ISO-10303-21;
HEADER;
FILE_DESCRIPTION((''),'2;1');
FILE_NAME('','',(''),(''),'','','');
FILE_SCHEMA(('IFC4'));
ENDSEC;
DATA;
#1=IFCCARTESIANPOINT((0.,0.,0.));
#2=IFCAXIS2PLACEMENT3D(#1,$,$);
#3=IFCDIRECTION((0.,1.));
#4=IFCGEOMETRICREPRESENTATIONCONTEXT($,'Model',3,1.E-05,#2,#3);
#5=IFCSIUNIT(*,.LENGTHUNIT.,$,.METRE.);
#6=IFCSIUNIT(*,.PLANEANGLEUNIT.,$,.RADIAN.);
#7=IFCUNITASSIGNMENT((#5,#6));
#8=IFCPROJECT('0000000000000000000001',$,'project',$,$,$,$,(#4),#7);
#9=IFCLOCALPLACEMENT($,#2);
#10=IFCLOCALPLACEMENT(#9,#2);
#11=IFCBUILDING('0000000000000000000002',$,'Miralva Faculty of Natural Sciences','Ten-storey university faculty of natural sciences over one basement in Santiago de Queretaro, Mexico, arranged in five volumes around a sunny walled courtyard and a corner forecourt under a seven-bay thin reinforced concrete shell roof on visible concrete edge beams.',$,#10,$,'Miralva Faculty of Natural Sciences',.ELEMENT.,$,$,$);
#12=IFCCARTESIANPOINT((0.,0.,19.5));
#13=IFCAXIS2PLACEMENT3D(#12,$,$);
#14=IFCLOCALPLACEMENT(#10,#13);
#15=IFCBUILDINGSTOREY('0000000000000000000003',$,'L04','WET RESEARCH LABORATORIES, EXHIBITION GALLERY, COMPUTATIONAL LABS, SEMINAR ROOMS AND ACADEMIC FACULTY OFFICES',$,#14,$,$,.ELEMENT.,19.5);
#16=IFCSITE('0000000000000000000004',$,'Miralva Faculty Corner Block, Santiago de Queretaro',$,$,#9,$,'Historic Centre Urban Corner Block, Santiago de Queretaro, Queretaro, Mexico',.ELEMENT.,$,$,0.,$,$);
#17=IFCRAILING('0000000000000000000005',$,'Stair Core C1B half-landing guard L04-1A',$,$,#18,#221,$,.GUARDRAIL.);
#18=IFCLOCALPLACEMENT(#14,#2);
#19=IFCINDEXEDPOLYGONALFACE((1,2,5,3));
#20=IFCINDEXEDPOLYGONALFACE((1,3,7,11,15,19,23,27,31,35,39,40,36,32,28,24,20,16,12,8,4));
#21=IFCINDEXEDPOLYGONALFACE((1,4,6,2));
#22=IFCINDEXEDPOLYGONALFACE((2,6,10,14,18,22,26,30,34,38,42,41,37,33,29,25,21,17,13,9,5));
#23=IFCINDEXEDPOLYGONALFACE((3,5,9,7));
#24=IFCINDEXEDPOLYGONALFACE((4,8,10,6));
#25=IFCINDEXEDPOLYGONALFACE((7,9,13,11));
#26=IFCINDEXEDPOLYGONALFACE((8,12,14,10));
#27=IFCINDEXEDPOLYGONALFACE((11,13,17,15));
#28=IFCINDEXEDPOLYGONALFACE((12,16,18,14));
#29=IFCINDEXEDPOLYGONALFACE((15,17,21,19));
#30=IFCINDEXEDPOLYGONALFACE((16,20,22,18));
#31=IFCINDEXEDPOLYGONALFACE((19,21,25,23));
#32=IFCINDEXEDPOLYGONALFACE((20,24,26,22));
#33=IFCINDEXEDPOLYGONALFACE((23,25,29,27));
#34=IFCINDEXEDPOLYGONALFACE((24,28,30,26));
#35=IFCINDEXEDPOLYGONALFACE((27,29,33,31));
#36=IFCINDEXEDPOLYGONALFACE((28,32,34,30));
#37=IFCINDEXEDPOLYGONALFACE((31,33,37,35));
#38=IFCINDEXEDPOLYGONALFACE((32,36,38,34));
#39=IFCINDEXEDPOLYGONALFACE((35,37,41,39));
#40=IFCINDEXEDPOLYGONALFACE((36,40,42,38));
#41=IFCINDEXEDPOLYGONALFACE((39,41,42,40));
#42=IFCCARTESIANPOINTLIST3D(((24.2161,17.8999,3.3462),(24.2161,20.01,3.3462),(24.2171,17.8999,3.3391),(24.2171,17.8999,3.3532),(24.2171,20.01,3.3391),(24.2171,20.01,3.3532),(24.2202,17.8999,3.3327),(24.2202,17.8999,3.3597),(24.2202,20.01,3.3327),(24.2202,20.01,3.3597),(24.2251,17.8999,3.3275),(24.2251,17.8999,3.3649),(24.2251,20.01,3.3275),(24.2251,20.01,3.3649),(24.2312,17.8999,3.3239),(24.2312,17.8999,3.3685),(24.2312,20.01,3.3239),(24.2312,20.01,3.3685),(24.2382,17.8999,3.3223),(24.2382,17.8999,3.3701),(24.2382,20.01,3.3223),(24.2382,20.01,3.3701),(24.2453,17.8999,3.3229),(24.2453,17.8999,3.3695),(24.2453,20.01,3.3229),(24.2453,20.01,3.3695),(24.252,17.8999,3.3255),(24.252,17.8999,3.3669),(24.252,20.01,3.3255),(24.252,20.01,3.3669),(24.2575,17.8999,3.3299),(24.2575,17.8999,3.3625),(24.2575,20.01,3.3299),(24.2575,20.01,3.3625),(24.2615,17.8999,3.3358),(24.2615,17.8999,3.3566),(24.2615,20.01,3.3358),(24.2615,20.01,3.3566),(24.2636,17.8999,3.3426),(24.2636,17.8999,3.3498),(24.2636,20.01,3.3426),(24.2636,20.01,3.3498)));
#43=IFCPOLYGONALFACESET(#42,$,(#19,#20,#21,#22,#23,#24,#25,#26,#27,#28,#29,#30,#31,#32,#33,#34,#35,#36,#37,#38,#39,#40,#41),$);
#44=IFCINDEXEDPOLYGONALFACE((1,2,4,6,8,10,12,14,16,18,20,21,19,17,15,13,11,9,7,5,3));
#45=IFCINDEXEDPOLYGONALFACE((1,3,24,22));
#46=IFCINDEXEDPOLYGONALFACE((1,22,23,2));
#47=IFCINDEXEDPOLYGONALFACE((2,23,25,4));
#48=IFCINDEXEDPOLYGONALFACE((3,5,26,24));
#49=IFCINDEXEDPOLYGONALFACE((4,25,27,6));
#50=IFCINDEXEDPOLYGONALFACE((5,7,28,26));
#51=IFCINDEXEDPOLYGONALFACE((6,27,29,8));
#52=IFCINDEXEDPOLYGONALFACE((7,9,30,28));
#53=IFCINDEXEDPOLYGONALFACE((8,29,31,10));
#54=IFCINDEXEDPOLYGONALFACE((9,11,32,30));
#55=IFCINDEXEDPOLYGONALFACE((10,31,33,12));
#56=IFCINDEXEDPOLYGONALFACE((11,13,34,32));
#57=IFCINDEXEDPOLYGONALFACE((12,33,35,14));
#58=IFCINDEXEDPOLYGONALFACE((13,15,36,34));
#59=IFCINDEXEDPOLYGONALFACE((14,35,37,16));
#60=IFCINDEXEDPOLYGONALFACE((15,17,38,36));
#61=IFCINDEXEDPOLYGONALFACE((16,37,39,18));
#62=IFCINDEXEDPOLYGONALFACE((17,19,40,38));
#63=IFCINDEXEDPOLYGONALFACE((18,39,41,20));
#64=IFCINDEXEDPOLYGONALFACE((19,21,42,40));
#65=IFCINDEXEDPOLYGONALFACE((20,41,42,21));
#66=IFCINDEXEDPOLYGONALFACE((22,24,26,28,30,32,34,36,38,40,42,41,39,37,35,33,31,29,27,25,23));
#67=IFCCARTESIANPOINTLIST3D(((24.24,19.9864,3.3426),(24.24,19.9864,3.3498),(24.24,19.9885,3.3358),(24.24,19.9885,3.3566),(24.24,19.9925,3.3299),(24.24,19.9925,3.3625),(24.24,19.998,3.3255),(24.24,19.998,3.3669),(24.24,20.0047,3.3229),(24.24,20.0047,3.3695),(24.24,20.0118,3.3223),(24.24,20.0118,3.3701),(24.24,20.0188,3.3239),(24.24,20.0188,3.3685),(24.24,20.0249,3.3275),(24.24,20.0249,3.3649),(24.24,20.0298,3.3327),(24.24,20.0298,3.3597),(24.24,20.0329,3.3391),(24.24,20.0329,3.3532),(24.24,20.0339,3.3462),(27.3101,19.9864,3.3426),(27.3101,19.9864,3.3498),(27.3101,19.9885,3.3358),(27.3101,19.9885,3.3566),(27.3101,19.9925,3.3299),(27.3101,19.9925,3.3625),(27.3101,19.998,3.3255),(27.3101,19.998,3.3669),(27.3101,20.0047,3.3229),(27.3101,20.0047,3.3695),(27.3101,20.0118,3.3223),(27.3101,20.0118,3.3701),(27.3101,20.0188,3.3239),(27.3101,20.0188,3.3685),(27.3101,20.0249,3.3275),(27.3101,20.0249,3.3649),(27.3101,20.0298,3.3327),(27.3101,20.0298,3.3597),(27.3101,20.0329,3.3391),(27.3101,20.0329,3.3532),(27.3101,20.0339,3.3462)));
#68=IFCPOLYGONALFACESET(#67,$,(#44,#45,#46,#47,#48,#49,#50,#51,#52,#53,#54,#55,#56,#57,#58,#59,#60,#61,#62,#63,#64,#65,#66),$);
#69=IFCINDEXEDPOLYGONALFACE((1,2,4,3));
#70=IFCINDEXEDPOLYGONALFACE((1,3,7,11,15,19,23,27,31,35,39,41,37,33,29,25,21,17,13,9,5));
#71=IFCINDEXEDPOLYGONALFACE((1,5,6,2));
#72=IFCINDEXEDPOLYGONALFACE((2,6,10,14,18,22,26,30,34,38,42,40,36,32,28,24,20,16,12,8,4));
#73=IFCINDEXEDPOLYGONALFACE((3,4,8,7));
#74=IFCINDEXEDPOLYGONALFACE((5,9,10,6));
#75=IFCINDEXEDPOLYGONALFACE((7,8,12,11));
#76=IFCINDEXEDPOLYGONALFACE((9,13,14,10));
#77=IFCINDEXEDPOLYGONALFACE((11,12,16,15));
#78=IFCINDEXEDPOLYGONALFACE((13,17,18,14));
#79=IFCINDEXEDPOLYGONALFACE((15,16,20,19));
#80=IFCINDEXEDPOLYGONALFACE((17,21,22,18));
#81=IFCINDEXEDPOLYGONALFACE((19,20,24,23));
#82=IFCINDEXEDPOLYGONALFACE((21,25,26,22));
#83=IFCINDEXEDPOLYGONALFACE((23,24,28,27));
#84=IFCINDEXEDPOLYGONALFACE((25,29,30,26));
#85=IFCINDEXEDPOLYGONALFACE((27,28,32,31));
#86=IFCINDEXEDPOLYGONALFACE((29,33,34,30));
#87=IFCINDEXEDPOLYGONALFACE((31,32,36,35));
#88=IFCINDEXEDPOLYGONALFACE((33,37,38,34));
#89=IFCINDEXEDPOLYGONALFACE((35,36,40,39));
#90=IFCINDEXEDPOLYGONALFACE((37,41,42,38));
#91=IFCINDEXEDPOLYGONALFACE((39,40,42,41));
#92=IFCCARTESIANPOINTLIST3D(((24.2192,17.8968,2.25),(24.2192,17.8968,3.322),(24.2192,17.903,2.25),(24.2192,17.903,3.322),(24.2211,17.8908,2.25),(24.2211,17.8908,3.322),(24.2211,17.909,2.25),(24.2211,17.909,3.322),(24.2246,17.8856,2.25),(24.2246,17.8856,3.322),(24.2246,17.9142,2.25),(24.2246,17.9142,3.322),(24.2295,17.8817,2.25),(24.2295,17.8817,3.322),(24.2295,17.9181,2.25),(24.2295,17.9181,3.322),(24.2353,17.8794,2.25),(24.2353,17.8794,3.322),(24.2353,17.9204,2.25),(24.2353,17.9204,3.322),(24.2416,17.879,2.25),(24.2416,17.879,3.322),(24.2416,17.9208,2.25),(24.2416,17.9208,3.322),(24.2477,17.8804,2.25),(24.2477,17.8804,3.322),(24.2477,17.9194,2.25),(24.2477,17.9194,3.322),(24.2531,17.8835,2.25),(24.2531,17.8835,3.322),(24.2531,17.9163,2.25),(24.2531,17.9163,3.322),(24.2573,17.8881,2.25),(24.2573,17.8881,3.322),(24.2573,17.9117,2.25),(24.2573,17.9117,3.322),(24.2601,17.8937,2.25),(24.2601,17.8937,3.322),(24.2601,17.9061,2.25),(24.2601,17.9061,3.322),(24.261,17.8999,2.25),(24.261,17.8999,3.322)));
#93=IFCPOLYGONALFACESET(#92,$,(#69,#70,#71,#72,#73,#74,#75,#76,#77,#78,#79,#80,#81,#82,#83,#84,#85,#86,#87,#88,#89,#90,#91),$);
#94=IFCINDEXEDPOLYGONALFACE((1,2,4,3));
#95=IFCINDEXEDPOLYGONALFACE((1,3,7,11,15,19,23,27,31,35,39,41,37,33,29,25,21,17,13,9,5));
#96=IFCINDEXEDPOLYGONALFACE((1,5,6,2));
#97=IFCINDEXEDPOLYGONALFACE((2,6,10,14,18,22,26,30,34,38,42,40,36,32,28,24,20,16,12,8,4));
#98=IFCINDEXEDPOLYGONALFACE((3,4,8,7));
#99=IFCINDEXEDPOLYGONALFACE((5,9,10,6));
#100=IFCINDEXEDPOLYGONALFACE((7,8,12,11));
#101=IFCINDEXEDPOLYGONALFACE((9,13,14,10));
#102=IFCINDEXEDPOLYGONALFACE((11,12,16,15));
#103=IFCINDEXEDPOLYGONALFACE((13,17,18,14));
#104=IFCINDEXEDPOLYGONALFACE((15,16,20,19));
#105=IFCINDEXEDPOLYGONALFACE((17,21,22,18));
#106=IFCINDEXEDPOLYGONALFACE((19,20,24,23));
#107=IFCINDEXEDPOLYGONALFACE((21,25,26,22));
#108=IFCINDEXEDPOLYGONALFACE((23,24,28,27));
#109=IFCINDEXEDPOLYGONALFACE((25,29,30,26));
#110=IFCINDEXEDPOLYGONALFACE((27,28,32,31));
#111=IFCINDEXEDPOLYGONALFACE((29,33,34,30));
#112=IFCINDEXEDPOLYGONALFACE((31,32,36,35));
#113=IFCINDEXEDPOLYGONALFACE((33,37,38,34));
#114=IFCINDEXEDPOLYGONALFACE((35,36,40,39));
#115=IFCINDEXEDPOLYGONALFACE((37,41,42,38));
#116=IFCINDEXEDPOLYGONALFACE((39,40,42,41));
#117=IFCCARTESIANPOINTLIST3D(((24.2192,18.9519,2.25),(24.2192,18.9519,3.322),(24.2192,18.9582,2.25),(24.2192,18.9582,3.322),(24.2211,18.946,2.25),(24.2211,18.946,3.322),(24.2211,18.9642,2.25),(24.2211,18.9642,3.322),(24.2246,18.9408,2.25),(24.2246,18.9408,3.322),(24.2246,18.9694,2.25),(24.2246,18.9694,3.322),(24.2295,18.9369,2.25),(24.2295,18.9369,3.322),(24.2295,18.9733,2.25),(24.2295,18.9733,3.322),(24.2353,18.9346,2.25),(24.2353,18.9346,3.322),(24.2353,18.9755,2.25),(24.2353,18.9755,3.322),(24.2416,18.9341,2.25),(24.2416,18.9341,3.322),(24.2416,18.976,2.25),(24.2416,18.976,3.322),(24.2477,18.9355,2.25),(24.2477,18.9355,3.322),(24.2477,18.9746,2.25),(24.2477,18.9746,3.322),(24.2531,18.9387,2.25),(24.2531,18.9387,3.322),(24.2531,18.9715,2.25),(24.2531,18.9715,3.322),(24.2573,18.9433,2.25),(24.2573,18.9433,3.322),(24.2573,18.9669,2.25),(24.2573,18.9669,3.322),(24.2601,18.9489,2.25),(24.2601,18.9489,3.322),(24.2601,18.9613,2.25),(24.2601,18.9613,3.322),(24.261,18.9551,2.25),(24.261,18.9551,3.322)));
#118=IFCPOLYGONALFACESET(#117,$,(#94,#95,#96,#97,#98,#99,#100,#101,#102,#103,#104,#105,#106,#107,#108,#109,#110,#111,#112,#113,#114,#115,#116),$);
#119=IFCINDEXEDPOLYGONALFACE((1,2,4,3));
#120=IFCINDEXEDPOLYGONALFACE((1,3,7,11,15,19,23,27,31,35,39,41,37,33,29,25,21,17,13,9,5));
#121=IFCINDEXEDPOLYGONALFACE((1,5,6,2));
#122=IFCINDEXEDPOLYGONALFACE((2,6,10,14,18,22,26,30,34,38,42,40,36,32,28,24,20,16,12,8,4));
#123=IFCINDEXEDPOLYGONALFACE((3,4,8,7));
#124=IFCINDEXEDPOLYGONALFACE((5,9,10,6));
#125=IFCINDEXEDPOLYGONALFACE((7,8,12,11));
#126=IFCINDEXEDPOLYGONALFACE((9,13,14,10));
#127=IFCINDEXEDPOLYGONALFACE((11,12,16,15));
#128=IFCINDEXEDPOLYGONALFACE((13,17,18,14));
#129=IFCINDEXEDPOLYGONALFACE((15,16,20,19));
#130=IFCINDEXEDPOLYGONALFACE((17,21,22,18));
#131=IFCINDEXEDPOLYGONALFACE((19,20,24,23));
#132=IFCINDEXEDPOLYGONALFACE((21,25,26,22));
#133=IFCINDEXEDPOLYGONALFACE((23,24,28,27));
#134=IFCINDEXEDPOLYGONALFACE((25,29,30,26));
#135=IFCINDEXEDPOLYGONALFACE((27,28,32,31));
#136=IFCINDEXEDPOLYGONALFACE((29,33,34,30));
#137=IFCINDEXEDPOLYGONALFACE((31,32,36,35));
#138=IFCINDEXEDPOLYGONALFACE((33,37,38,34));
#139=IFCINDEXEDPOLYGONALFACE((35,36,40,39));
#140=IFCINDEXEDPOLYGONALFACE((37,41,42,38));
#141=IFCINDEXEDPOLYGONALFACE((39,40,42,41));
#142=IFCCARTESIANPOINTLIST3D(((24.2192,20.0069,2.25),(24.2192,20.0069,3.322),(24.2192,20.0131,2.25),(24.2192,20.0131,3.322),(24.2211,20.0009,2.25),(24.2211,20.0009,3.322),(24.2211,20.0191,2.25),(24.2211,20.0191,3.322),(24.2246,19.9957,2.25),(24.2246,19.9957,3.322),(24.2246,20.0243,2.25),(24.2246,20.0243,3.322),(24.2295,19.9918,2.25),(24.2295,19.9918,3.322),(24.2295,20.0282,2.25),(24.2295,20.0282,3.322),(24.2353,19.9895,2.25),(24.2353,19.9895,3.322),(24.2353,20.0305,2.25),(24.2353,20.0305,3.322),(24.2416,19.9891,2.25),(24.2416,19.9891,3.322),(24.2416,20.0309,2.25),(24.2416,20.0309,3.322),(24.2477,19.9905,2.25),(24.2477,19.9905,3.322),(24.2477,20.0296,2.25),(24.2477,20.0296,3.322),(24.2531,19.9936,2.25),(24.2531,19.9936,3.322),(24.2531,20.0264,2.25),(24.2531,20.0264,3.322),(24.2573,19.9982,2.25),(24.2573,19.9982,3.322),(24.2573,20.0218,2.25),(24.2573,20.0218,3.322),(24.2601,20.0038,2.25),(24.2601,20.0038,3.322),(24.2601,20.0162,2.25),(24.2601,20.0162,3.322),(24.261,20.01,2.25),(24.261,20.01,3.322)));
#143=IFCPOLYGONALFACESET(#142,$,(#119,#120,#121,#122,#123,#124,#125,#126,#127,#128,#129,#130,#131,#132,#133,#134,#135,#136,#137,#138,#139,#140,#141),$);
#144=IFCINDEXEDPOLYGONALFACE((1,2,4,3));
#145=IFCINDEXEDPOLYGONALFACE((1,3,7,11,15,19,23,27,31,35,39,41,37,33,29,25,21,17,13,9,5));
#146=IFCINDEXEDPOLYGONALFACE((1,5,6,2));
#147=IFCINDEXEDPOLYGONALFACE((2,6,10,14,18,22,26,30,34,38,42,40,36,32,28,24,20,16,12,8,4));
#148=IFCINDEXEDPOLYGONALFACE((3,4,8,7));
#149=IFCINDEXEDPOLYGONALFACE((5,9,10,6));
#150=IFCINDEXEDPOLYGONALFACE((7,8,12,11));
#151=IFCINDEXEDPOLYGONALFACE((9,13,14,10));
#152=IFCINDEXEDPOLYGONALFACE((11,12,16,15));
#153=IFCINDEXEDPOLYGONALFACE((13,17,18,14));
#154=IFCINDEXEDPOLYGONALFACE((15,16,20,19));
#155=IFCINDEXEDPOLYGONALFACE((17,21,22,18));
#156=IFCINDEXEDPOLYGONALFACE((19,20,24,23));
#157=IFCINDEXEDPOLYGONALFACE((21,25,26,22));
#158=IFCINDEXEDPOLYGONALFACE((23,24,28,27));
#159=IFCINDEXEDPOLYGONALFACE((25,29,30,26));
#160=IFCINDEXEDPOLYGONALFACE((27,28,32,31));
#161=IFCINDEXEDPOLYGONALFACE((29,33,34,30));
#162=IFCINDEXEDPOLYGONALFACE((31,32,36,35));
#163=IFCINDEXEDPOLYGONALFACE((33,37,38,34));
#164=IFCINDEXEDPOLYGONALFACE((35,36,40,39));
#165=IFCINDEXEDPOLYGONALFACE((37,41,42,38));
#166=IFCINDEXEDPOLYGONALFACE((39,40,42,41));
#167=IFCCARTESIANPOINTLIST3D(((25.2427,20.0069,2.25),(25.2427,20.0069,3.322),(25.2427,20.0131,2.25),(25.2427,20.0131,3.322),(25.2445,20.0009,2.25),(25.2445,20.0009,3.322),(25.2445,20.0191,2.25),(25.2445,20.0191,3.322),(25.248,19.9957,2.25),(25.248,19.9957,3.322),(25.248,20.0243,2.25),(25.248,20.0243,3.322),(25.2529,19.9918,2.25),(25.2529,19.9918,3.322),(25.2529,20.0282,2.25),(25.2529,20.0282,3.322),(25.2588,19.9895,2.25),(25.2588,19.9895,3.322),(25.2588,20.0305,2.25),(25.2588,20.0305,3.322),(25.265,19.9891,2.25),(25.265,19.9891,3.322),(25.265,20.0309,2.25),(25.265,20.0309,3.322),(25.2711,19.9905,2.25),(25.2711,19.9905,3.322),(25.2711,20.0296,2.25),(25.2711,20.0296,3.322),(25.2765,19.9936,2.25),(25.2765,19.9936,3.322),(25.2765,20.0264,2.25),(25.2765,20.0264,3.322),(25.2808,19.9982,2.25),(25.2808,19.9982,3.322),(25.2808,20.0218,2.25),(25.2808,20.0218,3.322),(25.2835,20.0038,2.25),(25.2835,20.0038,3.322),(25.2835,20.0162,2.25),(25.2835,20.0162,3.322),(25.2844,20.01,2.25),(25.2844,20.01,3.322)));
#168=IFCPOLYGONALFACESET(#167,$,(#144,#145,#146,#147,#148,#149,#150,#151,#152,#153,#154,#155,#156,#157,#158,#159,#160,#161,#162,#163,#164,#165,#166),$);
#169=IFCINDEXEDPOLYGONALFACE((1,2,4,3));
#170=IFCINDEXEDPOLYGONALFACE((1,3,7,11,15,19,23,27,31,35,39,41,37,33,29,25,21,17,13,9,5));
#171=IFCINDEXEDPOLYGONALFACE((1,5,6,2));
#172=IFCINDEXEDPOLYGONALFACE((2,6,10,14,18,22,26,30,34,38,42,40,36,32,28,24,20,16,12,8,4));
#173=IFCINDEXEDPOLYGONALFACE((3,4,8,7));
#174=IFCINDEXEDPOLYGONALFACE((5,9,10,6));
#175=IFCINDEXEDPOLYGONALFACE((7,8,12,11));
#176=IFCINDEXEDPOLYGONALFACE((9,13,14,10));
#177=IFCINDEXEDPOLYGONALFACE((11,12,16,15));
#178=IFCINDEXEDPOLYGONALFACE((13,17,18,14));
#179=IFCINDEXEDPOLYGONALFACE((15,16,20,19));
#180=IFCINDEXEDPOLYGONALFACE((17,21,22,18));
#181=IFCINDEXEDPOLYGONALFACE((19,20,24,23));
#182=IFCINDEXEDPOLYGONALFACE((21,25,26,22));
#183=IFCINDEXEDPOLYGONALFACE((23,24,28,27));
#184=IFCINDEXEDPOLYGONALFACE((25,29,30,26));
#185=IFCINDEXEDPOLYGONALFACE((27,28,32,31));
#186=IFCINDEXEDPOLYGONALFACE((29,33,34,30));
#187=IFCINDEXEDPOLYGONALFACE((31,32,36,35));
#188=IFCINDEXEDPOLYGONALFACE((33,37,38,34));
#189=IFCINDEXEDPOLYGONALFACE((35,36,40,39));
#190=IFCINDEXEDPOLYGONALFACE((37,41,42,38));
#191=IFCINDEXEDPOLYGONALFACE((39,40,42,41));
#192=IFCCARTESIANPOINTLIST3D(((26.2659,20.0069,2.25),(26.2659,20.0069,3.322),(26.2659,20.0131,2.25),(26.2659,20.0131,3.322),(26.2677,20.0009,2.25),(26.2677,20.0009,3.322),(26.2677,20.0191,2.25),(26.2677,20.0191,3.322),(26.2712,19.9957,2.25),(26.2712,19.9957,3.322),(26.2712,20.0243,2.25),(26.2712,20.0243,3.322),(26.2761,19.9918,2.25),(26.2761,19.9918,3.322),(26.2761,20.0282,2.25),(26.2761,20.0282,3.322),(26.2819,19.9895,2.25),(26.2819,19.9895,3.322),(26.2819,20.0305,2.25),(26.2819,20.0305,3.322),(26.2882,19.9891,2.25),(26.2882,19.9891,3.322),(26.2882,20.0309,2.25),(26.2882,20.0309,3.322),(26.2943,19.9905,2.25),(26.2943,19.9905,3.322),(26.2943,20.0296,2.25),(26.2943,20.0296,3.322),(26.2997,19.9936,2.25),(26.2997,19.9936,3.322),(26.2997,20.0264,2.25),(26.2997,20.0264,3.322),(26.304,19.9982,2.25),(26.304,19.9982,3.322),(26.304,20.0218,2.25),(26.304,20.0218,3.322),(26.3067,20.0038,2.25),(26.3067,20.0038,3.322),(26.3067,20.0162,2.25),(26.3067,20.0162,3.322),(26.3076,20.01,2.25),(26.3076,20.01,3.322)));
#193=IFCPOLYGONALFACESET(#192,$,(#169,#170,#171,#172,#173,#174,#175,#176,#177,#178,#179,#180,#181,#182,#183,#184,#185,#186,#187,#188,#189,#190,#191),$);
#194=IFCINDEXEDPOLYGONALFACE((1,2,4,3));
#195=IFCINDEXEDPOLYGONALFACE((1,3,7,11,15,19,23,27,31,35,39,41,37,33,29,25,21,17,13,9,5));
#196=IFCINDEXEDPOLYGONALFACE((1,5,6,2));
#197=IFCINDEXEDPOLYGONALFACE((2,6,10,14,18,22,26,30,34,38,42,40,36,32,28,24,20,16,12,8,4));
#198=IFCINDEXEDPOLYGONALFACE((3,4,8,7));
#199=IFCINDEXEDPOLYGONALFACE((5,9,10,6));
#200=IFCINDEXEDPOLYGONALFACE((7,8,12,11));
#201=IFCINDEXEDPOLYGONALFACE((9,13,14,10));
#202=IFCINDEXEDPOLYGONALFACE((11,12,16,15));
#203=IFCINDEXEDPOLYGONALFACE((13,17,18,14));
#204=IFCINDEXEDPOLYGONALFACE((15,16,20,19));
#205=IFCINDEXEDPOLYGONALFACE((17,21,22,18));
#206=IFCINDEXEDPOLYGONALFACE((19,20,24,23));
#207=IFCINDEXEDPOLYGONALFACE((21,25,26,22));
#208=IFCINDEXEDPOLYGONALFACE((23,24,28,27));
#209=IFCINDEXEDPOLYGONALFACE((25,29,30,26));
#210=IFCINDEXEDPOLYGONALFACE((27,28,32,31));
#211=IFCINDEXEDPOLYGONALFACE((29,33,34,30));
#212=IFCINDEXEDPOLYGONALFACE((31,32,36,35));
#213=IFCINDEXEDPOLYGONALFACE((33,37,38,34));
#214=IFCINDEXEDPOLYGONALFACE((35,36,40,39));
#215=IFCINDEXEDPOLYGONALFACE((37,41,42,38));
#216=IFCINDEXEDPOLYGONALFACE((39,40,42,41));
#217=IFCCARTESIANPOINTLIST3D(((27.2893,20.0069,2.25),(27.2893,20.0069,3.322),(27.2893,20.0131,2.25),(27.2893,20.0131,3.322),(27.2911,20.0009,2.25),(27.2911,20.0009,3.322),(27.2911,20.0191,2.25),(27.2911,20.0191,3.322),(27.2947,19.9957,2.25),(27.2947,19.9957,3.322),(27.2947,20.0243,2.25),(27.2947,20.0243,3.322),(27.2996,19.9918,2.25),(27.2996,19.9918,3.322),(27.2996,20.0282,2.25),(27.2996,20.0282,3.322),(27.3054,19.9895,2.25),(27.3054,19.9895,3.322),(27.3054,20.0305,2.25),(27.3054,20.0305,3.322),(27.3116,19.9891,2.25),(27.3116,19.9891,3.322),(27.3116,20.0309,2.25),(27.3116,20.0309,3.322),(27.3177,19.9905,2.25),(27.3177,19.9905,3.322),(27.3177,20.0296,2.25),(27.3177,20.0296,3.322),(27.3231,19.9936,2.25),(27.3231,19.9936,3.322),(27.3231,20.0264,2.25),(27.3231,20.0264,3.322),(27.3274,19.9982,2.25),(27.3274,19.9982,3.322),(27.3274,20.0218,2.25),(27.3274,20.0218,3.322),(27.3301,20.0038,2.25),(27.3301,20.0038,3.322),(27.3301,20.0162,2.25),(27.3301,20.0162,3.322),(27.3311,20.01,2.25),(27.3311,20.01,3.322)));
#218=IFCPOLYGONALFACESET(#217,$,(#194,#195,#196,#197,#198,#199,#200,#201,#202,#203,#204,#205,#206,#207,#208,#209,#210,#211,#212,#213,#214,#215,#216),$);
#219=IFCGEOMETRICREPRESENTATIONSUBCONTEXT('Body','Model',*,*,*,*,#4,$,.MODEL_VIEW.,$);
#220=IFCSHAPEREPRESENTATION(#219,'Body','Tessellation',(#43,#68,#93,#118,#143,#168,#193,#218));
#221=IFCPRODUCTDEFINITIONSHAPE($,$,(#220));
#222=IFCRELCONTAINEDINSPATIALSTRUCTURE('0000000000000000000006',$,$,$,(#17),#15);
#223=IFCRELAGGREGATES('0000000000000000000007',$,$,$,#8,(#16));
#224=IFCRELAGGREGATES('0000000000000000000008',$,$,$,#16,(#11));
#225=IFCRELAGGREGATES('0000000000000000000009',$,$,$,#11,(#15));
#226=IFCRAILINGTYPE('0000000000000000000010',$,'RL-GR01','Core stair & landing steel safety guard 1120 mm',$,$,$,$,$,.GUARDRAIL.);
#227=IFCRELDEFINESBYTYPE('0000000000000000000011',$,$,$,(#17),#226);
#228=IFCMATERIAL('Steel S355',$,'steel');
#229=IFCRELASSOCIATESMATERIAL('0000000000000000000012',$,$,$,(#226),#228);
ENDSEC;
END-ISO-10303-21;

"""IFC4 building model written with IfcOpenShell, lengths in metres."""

from ifc_helpers import new_model, si_unit, direction, frame, origin, origin_2d, place, context, subcontext, project, spatial, circle, extrude, material, type_object, element, save


model = new_model("IFC4")

# Units and contexts
model_context = context("Model", 3, precision=1e-05, world=origin(), true_north=direction((0.0, 1.0)))
body_context = subcontext(model_context, "Body", "Model", "MODEL_VIEW")
ifc_project = project(units=[si_unit("LENGTHUNIT", "METRE"), si_unit("PLANEANGLEUNIT", "RADIAN")], contexts=[model_context])

# Site, building, storey
site_placement = place(None, origin())
site = spatial("IfcSite", under=ifc_project, at=site_placement, Name="Miralva Faculty Corner Block, Santiago de Queretaro", LongName="Historic Centre Urban Corner Block, Santiago de Queretaro, Queretaro, Mexico", CompositionType="ELEMENT", RefElevation=0.0)
building_placement = place(site_placement, origin())
building = spatial("IfcBuilding", under=site, at=building_placement, Name="Miralva Faculty of Natural Sciences", Description="Ten-storey university faculty of natural sciences over one basement in Santiago de Queretaro, Mexico, arranged in five volumes around a sunny walled courtyard and a corner forecourt under a seven-bay thin reinforced concrete shell roof on visible concrete edge beams.", LongName="Miralva Faculty of Natural Sciences", CompositionType="ELEMENT")
storey_placement = place(building_placement, frame((0.0, 0.0, 19.5)))
storey = spatial("IfcBuildingStorey", under=building, at=storey_placement, Name="L04", Description="WET RESEARCH LABORATORIES, EXHIBITION GALLERY, COMPUTATIONAL LABS, SEMINAR ROOMS AND ACADEMIC FACULTY OFFICES", CompositionType="ELEMENT", Elevation=19.5)

# Railing
ifc_material_1 = material(Name="Steel S355", Category="steel")
railing_type_1 = type_object("IfcRailingType", Name="RL-GR01", Description="Core stair & landing steel safety guard 1120 mm", PredefinedType="GUARDRAIL", material=ifc_material_1)
railing_1_placement = place(storey_placement, frame((24.24, 17.8999, 2.25)))
element("IfcRailing", 1, at=railing_1_placement, inside=storey, type_object=railing_type_1, Name="Stair Core C1B half-landing guard L04-1A", PredefinedType="GUARDRAIL", context=body_context, shape_type="SweptSolid", body=[
    extrude(circle(Radius=0.0239, at=origin_2d()), frame((0.0, 0.0, 1.0962), z_axis=(0.0, 1.0, 0.0), x_axis=(-1.0, 0.0, 0.0)), (0.0, 0.0, 1.0), 2.1101),
    extrude(circle(Radius=0.0239, at=origin_2d()), frame((0.0, 2.1101, 1.0962), z_axis=(1.0, 0.0, 0.0), x_axis=(0.0, 1.0, 0.0)), (0.0, 0.0, 1.0), 3.0701),
    extrude(circle(Radius=0.021, at=origin_2d()), origin(), (0.0, 0.0, 1.0), 1.072),
    extrude(circle(Radius=0.021, at=origin_2d()), frame((0.0, 1.0552, 0.0)), (0.0, 0.0, 1.0), 1.072),
    extrude(circle(Radius=0.021, at=origin_2d()), frame((0.0, 2.1101, 0.0)), (0.0, 0.0, 1.0), 1.072),
    extrude(circle(Radius=0.021, at=origin_2d()), frame((1.0234, 2.1101, 0.0)), (0.0, 0.0, 1.0), 1.072),
    extrude(circle(Radius=0.021, at=origin_2d()), frame((2.0466, 2.1101, 0.0)), (0.0, 0.0, 1.0), 1.072),
    extrude(circle(Radius=0.021, at=origin_2d()), frame((3.0701, 2.1101, 0.0)), (0.0, 0.0, 1.0), 1.072),
])

save(model, "model.ifc")
